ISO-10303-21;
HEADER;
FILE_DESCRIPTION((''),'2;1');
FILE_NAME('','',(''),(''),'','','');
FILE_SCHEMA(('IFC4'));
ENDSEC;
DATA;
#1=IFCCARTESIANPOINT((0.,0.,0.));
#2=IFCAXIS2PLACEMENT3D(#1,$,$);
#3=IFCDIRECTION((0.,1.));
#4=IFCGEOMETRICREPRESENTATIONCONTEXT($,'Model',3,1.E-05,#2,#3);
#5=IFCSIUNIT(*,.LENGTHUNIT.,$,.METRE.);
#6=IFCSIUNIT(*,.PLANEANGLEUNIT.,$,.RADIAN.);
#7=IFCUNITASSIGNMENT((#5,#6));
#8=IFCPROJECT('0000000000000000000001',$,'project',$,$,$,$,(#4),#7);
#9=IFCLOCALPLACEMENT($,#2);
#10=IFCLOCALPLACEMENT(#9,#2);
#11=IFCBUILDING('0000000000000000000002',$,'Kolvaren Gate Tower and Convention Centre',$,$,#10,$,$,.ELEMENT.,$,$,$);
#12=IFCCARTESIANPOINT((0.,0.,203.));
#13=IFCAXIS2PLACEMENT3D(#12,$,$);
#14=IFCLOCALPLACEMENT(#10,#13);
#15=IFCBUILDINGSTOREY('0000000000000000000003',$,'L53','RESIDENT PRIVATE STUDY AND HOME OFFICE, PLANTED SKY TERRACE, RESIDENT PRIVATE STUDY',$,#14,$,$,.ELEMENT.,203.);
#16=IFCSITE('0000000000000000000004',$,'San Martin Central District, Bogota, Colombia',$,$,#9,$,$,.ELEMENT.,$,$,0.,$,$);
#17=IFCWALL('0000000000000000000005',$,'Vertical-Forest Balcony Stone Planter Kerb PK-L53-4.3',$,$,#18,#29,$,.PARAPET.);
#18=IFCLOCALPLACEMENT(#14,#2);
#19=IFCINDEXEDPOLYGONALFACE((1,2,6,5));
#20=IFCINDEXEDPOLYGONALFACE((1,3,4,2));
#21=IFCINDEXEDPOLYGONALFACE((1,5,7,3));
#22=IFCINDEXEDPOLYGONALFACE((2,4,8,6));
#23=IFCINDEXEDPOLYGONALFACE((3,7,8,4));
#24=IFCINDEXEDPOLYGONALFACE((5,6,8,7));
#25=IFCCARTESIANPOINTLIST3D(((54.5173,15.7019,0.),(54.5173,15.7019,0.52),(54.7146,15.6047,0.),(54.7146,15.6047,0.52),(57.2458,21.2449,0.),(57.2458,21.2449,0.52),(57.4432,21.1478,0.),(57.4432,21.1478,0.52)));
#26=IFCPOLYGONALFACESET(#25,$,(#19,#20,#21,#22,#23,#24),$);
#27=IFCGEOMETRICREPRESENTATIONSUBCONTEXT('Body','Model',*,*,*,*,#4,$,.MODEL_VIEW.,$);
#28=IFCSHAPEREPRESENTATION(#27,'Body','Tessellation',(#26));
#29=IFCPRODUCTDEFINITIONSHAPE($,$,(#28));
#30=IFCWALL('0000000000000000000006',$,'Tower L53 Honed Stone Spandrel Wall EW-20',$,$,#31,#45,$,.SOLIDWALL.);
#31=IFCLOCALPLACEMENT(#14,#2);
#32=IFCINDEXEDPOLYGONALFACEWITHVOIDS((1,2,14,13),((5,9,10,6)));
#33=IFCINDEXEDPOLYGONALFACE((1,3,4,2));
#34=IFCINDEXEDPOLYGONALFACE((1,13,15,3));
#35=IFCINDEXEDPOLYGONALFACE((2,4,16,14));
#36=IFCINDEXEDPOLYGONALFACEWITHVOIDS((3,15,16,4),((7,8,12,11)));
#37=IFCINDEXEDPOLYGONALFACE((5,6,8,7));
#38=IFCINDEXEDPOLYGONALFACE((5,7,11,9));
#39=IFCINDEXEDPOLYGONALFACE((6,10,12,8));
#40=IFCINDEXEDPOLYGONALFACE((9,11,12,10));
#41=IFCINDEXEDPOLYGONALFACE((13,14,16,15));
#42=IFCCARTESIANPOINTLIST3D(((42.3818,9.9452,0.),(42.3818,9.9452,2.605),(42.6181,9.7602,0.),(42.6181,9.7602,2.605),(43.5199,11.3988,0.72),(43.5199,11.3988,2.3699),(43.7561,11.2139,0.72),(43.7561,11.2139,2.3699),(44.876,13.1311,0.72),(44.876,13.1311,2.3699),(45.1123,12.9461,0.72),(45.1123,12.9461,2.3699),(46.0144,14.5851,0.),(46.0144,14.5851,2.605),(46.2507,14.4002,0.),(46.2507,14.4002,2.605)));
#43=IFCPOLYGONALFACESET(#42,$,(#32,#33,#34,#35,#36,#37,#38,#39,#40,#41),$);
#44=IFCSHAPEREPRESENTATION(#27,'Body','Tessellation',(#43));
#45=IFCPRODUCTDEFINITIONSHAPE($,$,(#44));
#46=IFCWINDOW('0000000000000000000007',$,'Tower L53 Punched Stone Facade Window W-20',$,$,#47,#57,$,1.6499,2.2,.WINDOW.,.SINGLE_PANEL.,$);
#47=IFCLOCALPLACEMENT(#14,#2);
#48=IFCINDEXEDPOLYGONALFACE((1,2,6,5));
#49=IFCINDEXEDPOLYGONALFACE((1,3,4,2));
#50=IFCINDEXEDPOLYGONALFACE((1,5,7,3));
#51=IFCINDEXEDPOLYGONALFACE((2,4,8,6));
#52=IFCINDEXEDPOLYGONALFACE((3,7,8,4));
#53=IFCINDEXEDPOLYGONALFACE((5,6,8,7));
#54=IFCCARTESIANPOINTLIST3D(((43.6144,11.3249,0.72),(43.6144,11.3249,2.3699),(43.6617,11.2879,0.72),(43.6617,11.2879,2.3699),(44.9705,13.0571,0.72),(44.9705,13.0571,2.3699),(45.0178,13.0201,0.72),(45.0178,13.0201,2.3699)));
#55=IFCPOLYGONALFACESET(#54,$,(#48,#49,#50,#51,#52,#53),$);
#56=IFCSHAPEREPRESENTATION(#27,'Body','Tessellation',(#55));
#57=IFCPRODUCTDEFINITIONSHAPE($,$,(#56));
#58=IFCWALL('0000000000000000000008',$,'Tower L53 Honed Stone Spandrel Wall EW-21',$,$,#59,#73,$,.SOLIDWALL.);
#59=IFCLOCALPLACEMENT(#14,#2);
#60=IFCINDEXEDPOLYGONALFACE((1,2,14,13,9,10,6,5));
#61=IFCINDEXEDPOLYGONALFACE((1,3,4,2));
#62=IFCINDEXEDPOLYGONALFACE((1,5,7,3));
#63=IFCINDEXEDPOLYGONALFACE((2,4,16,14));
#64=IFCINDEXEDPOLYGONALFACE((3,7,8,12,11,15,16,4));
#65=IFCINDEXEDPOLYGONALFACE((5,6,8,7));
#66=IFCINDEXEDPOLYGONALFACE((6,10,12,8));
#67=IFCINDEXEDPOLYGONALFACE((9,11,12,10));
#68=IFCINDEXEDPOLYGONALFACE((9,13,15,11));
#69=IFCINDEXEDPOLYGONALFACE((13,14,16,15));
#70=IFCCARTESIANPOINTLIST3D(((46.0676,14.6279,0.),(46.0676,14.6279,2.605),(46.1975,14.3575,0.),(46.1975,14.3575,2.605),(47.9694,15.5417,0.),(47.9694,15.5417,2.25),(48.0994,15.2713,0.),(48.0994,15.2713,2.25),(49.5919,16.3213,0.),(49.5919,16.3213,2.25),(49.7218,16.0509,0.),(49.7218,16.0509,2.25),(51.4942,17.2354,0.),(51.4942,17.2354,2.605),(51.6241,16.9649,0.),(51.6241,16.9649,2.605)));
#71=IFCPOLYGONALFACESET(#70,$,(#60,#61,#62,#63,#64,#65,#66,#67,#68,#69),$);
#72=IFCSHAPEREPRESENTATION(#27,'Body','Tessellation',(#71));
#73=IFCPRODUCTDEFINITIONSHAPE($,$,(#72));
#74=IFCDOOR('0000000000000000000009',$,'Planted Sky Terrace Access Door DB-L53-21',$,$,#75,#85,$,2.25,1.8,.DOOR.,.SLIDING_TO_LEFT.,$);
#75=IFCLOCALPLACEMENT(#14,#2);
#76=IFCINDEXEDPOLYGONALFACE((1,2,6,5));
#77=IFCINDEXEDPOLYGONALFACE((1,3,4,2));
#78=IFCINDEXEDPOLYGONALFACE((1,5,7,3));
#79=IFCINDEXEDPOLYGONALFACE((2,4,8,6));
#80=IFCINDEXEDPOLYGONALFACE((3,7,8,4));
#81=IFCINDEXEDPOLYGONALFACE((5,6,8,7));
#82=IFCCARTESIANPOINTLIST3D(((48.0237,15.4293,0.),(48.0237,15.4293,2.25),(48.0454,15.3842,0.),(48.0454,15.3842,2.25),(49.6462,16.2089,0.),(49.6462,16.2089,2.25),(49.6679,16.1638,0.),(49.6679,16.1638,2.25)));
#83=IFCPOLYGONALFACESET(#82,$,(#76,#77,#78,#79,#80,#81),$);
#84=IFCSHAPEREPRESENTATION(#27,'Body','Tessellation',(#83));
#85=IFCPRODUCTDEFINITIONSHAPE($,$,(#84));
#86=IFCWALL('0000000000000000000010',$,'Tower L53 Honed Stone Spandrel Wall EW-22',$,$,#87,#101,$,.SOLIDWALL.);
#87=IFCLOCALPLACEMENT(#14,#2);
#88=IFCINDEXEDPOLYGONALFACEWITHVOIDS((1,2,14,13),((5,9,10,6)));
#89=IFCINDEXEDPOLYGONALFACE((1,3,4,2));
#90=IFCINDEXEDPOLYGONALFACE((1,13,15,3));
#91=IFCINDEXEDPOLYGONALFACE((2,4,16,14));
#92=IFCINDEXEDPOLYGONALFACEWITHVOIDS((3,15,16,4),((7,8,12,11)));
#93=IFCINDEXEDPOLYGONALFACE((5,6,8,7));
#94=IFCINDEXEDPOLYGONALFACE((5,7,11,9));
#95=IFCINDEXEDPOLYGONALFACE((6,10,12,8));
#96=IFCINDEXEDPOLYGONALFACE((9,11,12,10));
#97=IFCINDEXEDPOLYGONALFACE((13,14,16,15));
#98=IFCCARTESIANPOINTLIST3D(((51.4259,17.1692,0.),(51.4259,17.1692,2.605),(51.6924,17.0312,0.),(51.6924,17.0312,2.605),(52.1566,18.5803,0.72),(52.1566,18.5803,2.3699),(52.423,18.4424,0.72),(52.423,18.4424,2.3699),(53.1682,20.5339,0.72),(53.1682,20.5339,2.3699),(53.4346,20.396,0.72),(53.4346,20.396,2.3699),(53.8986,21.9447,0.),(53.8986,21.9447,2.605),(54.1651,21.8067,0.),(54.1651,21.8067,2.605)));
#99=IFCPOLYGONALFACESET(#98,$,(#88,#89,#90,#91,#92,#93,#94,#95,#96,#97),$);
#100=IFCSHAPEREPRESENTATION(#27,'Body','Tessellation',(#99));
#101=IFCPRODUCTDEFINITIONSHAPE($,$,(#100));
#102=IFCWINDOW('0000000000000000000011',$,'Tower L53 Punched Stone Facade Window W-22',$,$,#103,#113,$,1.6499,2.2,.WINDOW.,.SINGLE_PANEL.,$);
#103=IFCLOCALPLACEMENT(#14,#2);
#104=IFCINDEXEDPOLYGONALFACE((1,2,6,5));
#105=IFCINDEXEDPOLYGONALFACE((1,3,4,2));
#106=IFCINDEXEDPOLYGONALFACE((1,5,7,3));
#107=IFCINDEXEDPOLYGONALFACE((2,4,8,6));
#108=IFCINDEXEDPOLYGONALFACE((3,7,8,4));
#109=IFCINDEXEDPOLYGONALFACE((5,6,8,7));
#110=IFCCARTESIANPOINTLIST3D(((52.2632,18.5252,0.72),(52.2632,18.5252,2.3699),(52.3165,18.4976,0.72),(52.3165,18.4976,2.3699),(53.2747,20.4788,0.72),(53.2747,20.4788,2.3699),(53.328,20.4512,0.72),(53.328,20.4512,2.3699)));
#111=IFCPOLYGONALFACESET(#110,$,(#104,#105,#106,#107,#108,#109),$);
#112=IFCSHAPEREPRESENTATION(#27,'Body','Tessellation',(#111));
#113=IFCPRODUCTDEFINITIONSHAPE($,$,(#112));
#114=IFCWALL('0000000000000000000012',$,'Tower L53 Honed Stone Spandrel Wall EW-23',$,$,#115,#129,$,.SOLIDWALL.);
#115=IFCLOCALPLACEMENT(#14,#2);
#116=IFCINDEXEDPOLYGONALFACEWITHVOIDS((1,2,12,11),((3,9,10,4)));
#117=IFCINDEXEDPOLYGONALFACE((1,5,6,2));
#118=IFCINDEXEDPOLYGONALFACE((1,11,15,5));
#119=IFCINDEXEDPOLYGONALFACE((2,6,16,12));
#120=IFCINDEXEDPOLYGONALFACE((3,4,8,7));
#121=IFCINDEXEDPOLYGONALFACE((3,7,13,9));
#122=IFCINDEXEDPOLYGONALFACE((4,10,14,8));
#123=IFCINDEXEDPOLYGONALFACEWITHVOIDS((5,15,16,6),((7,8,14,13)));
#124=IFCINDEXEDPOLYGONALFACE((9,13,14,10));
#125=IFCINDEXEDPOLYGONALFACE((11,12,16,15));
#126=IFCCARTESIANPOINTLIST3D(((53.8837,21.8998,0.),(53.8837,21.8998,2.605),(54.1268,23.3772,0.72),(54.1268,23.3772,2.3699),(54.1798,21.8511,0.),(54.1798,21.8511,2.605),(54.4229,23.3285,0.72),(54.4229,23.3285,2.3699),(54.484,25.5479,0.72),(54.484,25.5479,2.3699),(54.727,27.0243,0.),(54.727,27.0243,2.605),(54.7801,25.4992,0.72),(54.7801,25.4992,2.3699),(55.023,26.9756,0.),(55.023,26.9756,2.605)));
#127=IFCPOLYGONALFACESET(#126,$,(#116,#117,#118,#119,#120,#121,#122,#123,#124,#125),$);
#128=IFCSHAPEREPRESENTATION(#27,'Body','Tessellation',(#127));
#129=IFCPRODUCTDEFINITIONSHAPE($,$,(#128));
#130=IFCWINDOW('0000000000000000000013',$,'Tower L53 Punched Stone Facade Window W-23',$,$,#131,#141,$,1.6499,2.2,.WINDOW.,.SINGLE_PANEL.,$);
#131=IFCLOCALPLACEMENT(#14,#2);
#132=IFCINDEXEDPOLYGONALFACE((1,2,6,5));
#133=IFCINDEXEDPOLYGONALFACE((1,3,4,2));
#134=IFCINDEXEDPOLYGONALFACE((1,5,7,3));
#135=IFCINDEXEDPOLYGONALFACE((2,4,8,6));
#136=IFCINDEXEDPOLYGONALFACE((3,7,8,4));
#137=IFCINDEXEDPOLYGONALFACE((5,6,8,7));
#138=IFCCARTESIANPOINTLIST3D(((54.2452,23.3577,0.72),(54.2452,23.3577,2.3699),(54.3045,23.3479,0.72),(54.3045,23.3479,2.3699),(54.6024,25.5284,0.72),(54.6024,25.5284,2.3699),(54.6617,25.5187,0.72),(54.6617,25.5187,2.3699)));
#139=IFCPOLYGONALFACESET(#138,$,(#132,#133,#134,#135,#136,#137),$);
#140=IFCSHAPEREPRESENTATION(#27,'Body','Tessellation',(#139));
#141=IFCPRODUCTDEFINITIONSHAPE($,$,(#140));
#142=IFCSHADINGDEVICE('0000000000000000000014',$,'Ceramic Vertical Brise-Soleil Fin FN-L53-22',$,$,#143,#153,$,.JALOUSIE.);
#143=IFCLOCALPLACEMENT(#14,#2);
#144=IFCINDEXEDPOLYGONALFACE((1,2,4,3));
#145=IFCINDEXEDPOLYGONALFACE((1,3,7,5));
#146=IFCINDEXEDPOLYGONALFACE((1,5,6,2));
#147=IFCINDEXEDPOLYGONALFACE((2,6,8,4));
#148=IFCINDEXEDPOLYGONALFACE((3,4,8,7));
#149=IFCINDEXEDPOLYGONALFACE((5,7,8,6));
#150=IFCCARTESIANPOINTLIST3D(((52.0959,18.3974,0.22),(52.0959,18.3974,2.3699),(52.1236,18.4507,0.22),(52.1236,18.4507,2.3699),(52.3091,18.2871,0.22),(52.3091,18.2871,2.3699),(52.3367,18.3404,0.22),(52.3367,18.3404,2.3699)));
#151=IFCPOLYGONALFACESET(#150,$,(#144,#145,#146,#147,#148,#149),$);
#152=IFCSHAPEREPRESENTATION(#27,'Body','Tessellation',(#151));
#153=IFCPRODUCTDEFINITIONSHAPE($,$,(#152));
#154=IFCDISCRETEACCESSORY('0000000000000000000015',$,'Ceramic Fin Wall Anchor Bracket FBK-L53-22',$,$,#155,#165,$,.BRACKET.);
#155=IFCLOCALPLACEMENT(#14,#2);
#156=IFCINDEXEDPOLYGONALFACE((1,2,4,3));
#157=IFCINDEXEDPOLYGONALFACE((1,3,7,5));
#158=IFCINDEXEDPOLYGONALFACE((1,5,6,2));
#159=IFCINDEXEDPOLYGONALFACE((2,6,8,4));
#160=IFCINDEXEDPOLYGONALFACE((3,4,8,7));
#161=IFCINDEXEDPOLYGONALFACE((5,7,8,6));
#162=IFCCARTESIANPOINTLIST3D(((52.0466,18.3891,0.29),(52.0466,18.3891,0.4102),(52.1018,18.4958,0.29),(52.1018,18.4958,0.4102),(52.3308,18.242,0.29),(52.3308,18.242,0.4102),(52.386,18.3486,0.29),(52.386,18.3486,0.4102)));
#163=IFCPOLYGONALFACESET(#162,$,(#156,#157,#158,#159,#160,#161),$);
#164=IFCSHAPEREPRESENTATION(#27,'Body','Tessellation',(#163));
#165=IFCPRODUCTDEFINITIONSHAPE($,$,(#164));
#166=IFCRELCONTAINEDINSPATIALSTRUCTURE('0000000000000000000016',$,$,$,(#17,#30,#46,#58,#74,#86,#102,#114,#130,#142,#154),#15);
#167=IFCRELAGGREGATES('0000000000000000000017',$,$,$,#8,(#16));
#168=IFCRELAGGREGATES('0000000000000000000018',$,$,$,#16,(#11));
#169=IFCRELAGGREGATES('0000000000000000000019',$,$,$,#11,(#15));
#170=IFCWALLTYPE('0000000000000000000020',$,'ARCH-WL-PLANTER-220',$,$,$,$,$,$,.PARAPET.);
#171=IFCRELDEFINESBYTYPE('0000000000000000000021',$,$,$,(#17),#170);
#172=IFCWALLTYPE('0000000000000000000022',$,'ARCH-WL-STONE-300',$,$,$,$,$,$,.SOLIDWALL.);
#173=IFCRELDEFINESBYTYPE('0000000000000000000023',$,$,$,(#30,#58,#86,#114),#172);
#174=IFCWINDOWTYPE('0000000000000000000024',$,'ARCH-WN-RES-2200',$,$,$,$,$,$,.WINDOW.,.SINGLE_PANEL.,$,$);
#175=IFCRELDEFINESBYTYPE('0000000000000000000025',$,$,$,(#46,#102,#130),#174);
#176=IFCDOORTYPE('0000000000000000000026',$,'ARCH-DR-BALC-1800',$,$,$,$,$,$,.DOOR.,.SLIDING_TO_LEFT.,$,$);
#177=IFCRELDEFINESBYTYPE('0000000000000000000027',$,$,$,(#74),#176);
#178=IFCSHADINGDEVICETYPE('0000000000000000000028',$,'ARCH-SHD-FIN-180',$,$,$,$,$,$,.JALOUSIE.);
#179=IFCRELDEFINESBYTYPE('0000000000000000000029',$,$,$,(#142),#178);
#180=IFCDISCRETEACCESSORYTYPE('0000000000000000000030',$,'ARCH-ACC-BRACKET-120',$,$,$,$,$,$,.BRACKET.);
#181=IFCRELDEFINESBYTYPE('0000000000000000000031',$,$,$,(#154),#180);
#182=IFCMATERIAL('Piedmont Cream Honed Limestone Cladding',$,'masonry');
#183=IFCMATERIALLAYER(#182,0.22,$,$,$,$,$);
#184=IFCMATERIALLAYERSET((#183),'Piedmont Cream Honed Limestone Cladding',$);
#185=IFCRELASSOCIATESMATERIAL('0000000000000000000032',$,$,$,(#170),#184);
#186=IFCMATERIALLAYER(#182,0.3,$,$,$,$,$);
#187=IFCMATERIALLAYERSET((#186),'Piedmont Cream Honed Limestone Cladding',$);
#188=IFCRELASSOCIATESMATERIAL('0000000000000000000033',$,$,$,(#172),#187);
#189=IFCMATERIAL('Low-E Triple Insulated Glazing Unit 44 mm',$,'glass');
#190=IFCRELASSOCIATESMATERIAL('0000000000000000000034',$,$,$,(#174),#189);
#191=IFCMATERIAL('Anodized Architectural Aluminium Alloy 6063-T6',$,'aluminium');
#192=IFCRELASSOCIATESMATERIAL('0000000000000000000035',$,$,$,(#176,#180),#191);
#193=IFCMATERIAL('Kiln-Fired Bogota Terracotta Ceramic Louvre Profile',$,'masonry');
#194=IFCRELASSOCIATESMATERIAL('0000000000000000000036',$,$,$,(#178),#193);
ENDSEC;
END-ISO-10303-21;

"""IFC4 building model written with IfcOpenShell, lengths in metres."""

from ifc_helpers import new_model, si_unit, direction, frame, frame_2d, origin, origin_2d, place, context, subcontext, project, spatial, rectangle, extrude, material, layer, layer_set, type_object, element, fill, save


model = new_model("IFC4")

# Units and contexts
model_context = context("Model", 3, precision=1e-05, world=origin(), true_north=direction((0.0, 1.0)))
body_context = subcontext(model_context, "Body", "Model", "MODEL_VIEW")
ifc_project = project(units=[si_unit("LENGTHUNIT", "METRE"), si_unit("PLANEANGLEUNIT", "RADIAN")], contexts=[model_context])

# Site, building, storey
site_placement = place(None, origin())
site = spatial("IfcSite", under=ifc_project, at=site_placement, Name="San Martin Central District, Bogota, Colombia", CompositionType="ELEMENT", RefElevation=0.0)
building_placement = place(site_placement, origin())
building = spatial("IfcBuilding", under=site, at=building_placement, Name="Kolvaren Gate Tower and Convention Centre", CompositionType="ELEMENT")
storey_placement = place(building_placement, frame((0.0, 0.0, 203.0)))
storey = spatial("IfcBuildingStorey", under=building, at=storey_placement, Name="L53", Description="RESIDENT PRIVATE STUDY AND HOME OFFICE, PLANTED SKY TERRACE, RESIDENT PRIVATE STUDY", CompositionType="ELEMENT", Elevation=203.0)

# Wall
ifc_material_1 = material(Name="Piedmont Cream Honed Limestone Cladding", Category="masonry")
ifc_layer_1 = layer(ifc_material_1, 0.22)
ifc_layer_set_1 = layer_set([ifc_layer_1], Name="Piedmont Cream Honed Limestone Cladding")
wall_type_1 = type_object("IfcWallType", Name="ARCH-WL-PLANTER-220", PredefinedType="PARAPET", material=ifc_layer_set_1)
wall_1_placement = place(storey_placement, frame((54.616, 15.6533, 0.0), z_axis=(0.0, 0.0, 1.0), x_axis=(0.441641, 0.897192, 0.0)))
element("IfcWall", 1, at=wall_1_placement, inside=storey, type_object=wall_type_1, Name="Vertical-Forest Balcony Stone Planter Kerb PK-L53-4.3", PredefinedType="PARAPET", context=body_context, shape_type="SweptSolid", body=[
    extrude(rectangle(XDim=6.1782, YDim=0.22, at=frame_2d((3.0891, 0.0))), origin(), (0.0, 0.0, 1.0), 0.52),
])

# Wall, opening, window
ifc_layer_2 = layer(ifc_material_1, 0.3)
ifc_layer_set_2 = layer_set([ifc_layer_2], Name="Piedmont Cream Honed Limestone Cladding")
wall_type_2 = type_object("IfcWallType", Name="ARCH-WL-STONE-300", PredefinedType="SOLIDWALL", material=ifc_layer_set_2)
wall_2_placement = place(storey_placement, frame((42.5, 9.8528, 0.0), z_axis=(0.0, 0.0, 1.0), x_axis=(0.61645, 0.787394, 0.0)))
wall_2 = element("IfcWall", 2, at=wall_2_placement, inside=storey, type_object=wall_type_2, Name="Tower L53 Honed Stone Spandrel Wall EW-20", PredefinedType="SOLIDWALL", context=body_context, shape_type="SweptSolid", body=[
    extrude(rectangle(XDim=5.8928, YDim=0.3, at=frame_2d((2.9463, 0.0))), origin(), (0.0, 0.0, 1.0), 2.605),
])
opening_1_placement = place(wall_2_placement, frame((1.8459, 0.0, 0.72)))
opening_1 = element("IfcOpeningElement", 3, at=opening_1_placement, cuts=wall_2, PredefinedType="OPENING", context=body_context, shape_type="SweptSolid", body=[
    extrude(rectangle(XDim=2.2, YDim=1.6499, at=frame_2d((1.1001, 0.825))), frame((0.0, 0.1599, 0.0), z_axis=(0.0, -1.0, 0.0), x_axis=(1.0, 0.0, 0.0)), (0.0, 0.0, 1.0), 0.3201),
])
ifc_material_2 = material(Name="Low-E Triple Insulated Glazing Unit 44 mm", Category="glass")
window_type = type_object("IfcWindowType", Name="ARCH-WN-RES-2200", PartitioningType="SINGLE_PANEL", PredefinedType="WINDOW", material=ifc_material_2)
window_1_placement = place(opening_1_placement, origin())
window_1 = element("IfcWindow", 4, at=window_1_placement, inside=storey, type_object=window_type, Name="Tower L53 Punched Stone Facade Window W-20", OverallHeight=1.6499, OverallWidth=2.2, PartitioningType="SINGLE_PANEL", PredefinedType="WINDOW", context=body_context, shape_type="SweptSolid", body=[
    extrude(rectangle(XDim=2.2, YDim=1.6499, at=frame_2d((1.1001, 0.825))), frame((0.0, 0.03, 0.0), z_axis=(0.0, -1.0, 0.0), x_axis=(1.0, 0.0, 0.0)), (0.0, 0.0, 1.0), 0.0601),
])
fill(opening_1, window_1)

# Wall, opening, door
wall_3_placement = place(storey_placement, frame((46.1326, 14.4927, 0.0), z_axis=(0.0, 0.0, 1.0), x_axis=(0.901348, 0.433095, 0.0)))
wall_3 = element("IfcWall", 5, at=wall_3_placement, inside=storey, type_object=wall_type_2, Name="Tower L53 Honed Stone Spandrel Wall EW-21", PredefinedType="SOLIDWALL", context=body_context, shape_type="SweptSolid", body=[
    extrude(rectangle(XDim=6.0205, YDim=0.3, at=frame_2d((3.0103, 0.0))), origin(), (0.0, 0.0, 1.0), 2.605),
])
opening_2_placement = place(wall_3_placement, frame((2.1101, 0.0, 0.0)))
opening_2 = element("IfcOpeningElement", 6, at=opening_2_placement, cuts=wall_3, PredefinedType="OPENING", context=body_context, shape_type="SweptSolid", body=[
    extrude(rectangle(XDim=1.8, YDim=2.25, at=frame_2d((0.8999, 1.125))), frame((0.0, 0.1599, 0.0), z_axis=(0.0, -1.0, 0.0), x_axis=(1.0, 0.0, 0.0)), (0.0, 0.0, 1.0), 0.3201),
])
ifc_material_3 = material(Name="Anodized Architectural Aluminium Alloy 6063-T6", Category="aluminium")
door_type = type_object("IfcDoorType", Name="ARCH-DR-BALC-1800", OperationType="SLIDING_TO_LEFT", PredefinedType="DOOR", material=ifc_material_3)
door_placement = place(opening_2_placement, frame((1.8, 0.0, 0.0), z_axis=(0.0, 0.0, 1.0), x_axis=(-1.0, 0.0, 0.0)))
door = element("IfcDoor", 7, at=door_placement, inside=storey, type_object=door_type, Name="Planted Sky Terrace Access Door DB-L53-21", OperationType="SLIDING_TO_LEFT", OverallHeight=2.25, OverallWidth=1.8, PredefinedType="DOOR", context=body_context, shape_type="SweptSolid", body=[
    extrude(rectangle(XDim=1.8, YDim=2.25, at=frame_2d((0.8999, 1.125))), frame((0.0, 0.0249, 0.0), z_axis=(0.0, -1.0, 0.0), x_axis=(1.0, 0.0, 0.0)), (0.0, 0.0, 1.0), 0.05),
])
fill(opening_2, door)

# Walls, openings, windows
wall_4_placement = place(storey_placement, frame((51.5591, 17.1001, 0.0), z_axis=(0.0, 0.0, 1.0), x_axis=(0.459808, 0.888018, 0.0)))
wall_4 = element("IfcWall", 8, at=wall_4_placement, inside=storey, type_object=wall_type_2, Name="Tower L53 Honed Stone Spandrel Wall EW-22", PredefinedType="SOLIDWALL", context=body_context, shape_type="SweptSolid", body=[
    extrude(rectangle(XDim=5.3777, YDim=0.3, at=frame_2d((2.689, 0.0))), origin(), (0.0, 0.0, 1.0), 2.605),
])
opening_3_placement = place(wall_4_placement, frame((1.5891, 0.0, 0.72)))
opening_3 = element("IfcOpeningElement", 9, at=opening_3_placement, cuts=wall_4, PredefinedType="OPENING", context=body_context, shape_type="SweptSolid", body=[
    extrude(rectangle(XDim=2.2, YDim=1.6499, at=frame_2d((1.1001, 0.825))), frame((0.0, 0.1599, 0.0), z_axis=(0.0, -1.0, 0.0), x_axis=(1.0, 0.0, 0.0)), (0.0, 0.0, 1.0), 0.3201),
])
window_2_placement = place(opening_3_placement, origin())
window_2 = element("IfcWindow", 10, at=window_2_placement, inside=storey, type_object=window_type, Name="Tower L53 Punched Stone Facade Window W-22", OverallHeight=1.6499, OverallWidth=2.2, PartitioningType="SINGLE_PANEL", PredefinedType="WINDOW", context=body_context, shape_type="SweptSolid", body=[
    extrude(rectangle(XDim=2.2, YDim=1.6499, at=frame_2d((1.1001, 0.825))), frame((0.0, 0.03, 0.0), z_axis=(0.0, -1.0, 0.0), x_axis=(1.0, 0.0, 0.0)), (0.0, 0.0, 1.0), 0.0601),
])
fill(opening_3, window_2)
wall_5_placement = place(storey_placement, frame((54.0317, 21.8755, 0.0), z_axis=(0.0, 0.0, 1.0), x_axis=(0.162371, 0.98673, 0.0)))
wall_5 = element("IfcWall", 11, at=wall_5_placement, inside=storey, type_object=wall_type_2, Name="Tower L53 Honed Stone Spandrel Wall EW-23", PredefinedType="SOLIDWALL", context=body_context, shape_type="SweptSolid", body=[
    extrude(rectangle(XDim=5.1934, YDim=0.3, at=frame_2d((2.5967, 0.0))), origin(), (0.0, 0.0, 1.0), 2.605),
])
opening_4_placement = place(wall_5_placement, frame((1.4971, 0.0, 0.72)))
opening_4 = element("IfcOpeningElement", 12, at=opening_4_placement, cuts=wall_5, PredefinedType="OPENING", context=body_context, shape_type="SweptSolid", body=[
    extrude(rectangle(XDim=2.2, YDim=1.6499, at=frame_2d((1.1001, 0.825))), frame((0.0, 0.1599, 0.0), z_axis=(0.0, -1.0, 0.0), x_axis=(1.0, 0.0, 0.0)), (0.0, 0.0, 1.0), 0.3201),
])
window_3_placement = place(opening_4_placement, origin())
window_3 = element("IfcWindow", 13, at=window_3_placement, inside=storey, type_object=window_type, Name="Tower L53 Punched Stone Facade Window W-23", OverallHeight=1.6499, OverallWidth=2.2, PartitioningType="SINGLE_PANEL", PredefinedType="WINDOW", context=body_context, shape_type="SweptSolid", body=[
    extrude(rectangle(XDim=2.2, YDim=1.6499, at=frame_2d((1.1001, 0.825))), frame((0.0, 0.03, 0.0), z_axis=(0.0, -1.0, 0.0), x_axis=(1.0, 0.0, 0.0)), (0.0, 0.0, 1.0), 0.0601),
])
fill(opening_4, window_3)

# Shading device
ifc_material_4 = material(Name="Kiln-Fired Bogota Terracotta Ceramic Louvre Profile", Category="masonry")
shading_device_type = type_object("IfcShadingDeviceType", Name="ARCH-SHD-FIN-180", PredefinedType="JALOUSIE", material=ifc_material_4)
shading_device_placement = place(storey_placement, frame((52.2163, 18.3689, 0.22), z_axis=(0.0, 0.0, 1.0), x_axis=(0.4598, 0.888023, 0.0)))
element("IfcShadingDevice", 14, at=shading_device_placement, inside=storey, type_object=shading_device_type, Name="Ceramic Vertical Brise-Soleil Fin FN-L53-22", PredefinedType="JALOUSIE", context=body_context, shape_type="SweptSolid", body=[
    extrude(rectangle(XDim=0.0601, YDim=0.24, at=origin_2d()), origin(), (0.0, 0.0, 1.0), 2.1499),
])

# Discrete accessory
discrete_accessory_type = type_object("IfcDiscreteAccessoryType", Name="ARCH-ACC-BRACKET-120", PredefinedType="BRACKET", material=ifc_material_3)
discrete_accessory_placement = place(storey_placement, frame((52.2163, 18.3689, 0.29), z_axis=(0.0, 0.0, 1.0), x_axis=(0.4598, 0.888023, 0.0)))
element("IfcDiscreteAccessory", 15, at=discrete_accessory_placement, inside=storey, type_object=discrete_accessory_type, Name="Ceramic Fin Wall Anchor Bracket FBK-L53-22", PredefinedType="BRACKET", context=body_context, shape_type="SweptSolid", body=[
    extrude(rectangle(XDim=0.1201, YDim=0.3201, at=origin_2d()), origin(), (0.0, 0.0, 1.0), 0.1201),
])

save(model, "model.ifc")
